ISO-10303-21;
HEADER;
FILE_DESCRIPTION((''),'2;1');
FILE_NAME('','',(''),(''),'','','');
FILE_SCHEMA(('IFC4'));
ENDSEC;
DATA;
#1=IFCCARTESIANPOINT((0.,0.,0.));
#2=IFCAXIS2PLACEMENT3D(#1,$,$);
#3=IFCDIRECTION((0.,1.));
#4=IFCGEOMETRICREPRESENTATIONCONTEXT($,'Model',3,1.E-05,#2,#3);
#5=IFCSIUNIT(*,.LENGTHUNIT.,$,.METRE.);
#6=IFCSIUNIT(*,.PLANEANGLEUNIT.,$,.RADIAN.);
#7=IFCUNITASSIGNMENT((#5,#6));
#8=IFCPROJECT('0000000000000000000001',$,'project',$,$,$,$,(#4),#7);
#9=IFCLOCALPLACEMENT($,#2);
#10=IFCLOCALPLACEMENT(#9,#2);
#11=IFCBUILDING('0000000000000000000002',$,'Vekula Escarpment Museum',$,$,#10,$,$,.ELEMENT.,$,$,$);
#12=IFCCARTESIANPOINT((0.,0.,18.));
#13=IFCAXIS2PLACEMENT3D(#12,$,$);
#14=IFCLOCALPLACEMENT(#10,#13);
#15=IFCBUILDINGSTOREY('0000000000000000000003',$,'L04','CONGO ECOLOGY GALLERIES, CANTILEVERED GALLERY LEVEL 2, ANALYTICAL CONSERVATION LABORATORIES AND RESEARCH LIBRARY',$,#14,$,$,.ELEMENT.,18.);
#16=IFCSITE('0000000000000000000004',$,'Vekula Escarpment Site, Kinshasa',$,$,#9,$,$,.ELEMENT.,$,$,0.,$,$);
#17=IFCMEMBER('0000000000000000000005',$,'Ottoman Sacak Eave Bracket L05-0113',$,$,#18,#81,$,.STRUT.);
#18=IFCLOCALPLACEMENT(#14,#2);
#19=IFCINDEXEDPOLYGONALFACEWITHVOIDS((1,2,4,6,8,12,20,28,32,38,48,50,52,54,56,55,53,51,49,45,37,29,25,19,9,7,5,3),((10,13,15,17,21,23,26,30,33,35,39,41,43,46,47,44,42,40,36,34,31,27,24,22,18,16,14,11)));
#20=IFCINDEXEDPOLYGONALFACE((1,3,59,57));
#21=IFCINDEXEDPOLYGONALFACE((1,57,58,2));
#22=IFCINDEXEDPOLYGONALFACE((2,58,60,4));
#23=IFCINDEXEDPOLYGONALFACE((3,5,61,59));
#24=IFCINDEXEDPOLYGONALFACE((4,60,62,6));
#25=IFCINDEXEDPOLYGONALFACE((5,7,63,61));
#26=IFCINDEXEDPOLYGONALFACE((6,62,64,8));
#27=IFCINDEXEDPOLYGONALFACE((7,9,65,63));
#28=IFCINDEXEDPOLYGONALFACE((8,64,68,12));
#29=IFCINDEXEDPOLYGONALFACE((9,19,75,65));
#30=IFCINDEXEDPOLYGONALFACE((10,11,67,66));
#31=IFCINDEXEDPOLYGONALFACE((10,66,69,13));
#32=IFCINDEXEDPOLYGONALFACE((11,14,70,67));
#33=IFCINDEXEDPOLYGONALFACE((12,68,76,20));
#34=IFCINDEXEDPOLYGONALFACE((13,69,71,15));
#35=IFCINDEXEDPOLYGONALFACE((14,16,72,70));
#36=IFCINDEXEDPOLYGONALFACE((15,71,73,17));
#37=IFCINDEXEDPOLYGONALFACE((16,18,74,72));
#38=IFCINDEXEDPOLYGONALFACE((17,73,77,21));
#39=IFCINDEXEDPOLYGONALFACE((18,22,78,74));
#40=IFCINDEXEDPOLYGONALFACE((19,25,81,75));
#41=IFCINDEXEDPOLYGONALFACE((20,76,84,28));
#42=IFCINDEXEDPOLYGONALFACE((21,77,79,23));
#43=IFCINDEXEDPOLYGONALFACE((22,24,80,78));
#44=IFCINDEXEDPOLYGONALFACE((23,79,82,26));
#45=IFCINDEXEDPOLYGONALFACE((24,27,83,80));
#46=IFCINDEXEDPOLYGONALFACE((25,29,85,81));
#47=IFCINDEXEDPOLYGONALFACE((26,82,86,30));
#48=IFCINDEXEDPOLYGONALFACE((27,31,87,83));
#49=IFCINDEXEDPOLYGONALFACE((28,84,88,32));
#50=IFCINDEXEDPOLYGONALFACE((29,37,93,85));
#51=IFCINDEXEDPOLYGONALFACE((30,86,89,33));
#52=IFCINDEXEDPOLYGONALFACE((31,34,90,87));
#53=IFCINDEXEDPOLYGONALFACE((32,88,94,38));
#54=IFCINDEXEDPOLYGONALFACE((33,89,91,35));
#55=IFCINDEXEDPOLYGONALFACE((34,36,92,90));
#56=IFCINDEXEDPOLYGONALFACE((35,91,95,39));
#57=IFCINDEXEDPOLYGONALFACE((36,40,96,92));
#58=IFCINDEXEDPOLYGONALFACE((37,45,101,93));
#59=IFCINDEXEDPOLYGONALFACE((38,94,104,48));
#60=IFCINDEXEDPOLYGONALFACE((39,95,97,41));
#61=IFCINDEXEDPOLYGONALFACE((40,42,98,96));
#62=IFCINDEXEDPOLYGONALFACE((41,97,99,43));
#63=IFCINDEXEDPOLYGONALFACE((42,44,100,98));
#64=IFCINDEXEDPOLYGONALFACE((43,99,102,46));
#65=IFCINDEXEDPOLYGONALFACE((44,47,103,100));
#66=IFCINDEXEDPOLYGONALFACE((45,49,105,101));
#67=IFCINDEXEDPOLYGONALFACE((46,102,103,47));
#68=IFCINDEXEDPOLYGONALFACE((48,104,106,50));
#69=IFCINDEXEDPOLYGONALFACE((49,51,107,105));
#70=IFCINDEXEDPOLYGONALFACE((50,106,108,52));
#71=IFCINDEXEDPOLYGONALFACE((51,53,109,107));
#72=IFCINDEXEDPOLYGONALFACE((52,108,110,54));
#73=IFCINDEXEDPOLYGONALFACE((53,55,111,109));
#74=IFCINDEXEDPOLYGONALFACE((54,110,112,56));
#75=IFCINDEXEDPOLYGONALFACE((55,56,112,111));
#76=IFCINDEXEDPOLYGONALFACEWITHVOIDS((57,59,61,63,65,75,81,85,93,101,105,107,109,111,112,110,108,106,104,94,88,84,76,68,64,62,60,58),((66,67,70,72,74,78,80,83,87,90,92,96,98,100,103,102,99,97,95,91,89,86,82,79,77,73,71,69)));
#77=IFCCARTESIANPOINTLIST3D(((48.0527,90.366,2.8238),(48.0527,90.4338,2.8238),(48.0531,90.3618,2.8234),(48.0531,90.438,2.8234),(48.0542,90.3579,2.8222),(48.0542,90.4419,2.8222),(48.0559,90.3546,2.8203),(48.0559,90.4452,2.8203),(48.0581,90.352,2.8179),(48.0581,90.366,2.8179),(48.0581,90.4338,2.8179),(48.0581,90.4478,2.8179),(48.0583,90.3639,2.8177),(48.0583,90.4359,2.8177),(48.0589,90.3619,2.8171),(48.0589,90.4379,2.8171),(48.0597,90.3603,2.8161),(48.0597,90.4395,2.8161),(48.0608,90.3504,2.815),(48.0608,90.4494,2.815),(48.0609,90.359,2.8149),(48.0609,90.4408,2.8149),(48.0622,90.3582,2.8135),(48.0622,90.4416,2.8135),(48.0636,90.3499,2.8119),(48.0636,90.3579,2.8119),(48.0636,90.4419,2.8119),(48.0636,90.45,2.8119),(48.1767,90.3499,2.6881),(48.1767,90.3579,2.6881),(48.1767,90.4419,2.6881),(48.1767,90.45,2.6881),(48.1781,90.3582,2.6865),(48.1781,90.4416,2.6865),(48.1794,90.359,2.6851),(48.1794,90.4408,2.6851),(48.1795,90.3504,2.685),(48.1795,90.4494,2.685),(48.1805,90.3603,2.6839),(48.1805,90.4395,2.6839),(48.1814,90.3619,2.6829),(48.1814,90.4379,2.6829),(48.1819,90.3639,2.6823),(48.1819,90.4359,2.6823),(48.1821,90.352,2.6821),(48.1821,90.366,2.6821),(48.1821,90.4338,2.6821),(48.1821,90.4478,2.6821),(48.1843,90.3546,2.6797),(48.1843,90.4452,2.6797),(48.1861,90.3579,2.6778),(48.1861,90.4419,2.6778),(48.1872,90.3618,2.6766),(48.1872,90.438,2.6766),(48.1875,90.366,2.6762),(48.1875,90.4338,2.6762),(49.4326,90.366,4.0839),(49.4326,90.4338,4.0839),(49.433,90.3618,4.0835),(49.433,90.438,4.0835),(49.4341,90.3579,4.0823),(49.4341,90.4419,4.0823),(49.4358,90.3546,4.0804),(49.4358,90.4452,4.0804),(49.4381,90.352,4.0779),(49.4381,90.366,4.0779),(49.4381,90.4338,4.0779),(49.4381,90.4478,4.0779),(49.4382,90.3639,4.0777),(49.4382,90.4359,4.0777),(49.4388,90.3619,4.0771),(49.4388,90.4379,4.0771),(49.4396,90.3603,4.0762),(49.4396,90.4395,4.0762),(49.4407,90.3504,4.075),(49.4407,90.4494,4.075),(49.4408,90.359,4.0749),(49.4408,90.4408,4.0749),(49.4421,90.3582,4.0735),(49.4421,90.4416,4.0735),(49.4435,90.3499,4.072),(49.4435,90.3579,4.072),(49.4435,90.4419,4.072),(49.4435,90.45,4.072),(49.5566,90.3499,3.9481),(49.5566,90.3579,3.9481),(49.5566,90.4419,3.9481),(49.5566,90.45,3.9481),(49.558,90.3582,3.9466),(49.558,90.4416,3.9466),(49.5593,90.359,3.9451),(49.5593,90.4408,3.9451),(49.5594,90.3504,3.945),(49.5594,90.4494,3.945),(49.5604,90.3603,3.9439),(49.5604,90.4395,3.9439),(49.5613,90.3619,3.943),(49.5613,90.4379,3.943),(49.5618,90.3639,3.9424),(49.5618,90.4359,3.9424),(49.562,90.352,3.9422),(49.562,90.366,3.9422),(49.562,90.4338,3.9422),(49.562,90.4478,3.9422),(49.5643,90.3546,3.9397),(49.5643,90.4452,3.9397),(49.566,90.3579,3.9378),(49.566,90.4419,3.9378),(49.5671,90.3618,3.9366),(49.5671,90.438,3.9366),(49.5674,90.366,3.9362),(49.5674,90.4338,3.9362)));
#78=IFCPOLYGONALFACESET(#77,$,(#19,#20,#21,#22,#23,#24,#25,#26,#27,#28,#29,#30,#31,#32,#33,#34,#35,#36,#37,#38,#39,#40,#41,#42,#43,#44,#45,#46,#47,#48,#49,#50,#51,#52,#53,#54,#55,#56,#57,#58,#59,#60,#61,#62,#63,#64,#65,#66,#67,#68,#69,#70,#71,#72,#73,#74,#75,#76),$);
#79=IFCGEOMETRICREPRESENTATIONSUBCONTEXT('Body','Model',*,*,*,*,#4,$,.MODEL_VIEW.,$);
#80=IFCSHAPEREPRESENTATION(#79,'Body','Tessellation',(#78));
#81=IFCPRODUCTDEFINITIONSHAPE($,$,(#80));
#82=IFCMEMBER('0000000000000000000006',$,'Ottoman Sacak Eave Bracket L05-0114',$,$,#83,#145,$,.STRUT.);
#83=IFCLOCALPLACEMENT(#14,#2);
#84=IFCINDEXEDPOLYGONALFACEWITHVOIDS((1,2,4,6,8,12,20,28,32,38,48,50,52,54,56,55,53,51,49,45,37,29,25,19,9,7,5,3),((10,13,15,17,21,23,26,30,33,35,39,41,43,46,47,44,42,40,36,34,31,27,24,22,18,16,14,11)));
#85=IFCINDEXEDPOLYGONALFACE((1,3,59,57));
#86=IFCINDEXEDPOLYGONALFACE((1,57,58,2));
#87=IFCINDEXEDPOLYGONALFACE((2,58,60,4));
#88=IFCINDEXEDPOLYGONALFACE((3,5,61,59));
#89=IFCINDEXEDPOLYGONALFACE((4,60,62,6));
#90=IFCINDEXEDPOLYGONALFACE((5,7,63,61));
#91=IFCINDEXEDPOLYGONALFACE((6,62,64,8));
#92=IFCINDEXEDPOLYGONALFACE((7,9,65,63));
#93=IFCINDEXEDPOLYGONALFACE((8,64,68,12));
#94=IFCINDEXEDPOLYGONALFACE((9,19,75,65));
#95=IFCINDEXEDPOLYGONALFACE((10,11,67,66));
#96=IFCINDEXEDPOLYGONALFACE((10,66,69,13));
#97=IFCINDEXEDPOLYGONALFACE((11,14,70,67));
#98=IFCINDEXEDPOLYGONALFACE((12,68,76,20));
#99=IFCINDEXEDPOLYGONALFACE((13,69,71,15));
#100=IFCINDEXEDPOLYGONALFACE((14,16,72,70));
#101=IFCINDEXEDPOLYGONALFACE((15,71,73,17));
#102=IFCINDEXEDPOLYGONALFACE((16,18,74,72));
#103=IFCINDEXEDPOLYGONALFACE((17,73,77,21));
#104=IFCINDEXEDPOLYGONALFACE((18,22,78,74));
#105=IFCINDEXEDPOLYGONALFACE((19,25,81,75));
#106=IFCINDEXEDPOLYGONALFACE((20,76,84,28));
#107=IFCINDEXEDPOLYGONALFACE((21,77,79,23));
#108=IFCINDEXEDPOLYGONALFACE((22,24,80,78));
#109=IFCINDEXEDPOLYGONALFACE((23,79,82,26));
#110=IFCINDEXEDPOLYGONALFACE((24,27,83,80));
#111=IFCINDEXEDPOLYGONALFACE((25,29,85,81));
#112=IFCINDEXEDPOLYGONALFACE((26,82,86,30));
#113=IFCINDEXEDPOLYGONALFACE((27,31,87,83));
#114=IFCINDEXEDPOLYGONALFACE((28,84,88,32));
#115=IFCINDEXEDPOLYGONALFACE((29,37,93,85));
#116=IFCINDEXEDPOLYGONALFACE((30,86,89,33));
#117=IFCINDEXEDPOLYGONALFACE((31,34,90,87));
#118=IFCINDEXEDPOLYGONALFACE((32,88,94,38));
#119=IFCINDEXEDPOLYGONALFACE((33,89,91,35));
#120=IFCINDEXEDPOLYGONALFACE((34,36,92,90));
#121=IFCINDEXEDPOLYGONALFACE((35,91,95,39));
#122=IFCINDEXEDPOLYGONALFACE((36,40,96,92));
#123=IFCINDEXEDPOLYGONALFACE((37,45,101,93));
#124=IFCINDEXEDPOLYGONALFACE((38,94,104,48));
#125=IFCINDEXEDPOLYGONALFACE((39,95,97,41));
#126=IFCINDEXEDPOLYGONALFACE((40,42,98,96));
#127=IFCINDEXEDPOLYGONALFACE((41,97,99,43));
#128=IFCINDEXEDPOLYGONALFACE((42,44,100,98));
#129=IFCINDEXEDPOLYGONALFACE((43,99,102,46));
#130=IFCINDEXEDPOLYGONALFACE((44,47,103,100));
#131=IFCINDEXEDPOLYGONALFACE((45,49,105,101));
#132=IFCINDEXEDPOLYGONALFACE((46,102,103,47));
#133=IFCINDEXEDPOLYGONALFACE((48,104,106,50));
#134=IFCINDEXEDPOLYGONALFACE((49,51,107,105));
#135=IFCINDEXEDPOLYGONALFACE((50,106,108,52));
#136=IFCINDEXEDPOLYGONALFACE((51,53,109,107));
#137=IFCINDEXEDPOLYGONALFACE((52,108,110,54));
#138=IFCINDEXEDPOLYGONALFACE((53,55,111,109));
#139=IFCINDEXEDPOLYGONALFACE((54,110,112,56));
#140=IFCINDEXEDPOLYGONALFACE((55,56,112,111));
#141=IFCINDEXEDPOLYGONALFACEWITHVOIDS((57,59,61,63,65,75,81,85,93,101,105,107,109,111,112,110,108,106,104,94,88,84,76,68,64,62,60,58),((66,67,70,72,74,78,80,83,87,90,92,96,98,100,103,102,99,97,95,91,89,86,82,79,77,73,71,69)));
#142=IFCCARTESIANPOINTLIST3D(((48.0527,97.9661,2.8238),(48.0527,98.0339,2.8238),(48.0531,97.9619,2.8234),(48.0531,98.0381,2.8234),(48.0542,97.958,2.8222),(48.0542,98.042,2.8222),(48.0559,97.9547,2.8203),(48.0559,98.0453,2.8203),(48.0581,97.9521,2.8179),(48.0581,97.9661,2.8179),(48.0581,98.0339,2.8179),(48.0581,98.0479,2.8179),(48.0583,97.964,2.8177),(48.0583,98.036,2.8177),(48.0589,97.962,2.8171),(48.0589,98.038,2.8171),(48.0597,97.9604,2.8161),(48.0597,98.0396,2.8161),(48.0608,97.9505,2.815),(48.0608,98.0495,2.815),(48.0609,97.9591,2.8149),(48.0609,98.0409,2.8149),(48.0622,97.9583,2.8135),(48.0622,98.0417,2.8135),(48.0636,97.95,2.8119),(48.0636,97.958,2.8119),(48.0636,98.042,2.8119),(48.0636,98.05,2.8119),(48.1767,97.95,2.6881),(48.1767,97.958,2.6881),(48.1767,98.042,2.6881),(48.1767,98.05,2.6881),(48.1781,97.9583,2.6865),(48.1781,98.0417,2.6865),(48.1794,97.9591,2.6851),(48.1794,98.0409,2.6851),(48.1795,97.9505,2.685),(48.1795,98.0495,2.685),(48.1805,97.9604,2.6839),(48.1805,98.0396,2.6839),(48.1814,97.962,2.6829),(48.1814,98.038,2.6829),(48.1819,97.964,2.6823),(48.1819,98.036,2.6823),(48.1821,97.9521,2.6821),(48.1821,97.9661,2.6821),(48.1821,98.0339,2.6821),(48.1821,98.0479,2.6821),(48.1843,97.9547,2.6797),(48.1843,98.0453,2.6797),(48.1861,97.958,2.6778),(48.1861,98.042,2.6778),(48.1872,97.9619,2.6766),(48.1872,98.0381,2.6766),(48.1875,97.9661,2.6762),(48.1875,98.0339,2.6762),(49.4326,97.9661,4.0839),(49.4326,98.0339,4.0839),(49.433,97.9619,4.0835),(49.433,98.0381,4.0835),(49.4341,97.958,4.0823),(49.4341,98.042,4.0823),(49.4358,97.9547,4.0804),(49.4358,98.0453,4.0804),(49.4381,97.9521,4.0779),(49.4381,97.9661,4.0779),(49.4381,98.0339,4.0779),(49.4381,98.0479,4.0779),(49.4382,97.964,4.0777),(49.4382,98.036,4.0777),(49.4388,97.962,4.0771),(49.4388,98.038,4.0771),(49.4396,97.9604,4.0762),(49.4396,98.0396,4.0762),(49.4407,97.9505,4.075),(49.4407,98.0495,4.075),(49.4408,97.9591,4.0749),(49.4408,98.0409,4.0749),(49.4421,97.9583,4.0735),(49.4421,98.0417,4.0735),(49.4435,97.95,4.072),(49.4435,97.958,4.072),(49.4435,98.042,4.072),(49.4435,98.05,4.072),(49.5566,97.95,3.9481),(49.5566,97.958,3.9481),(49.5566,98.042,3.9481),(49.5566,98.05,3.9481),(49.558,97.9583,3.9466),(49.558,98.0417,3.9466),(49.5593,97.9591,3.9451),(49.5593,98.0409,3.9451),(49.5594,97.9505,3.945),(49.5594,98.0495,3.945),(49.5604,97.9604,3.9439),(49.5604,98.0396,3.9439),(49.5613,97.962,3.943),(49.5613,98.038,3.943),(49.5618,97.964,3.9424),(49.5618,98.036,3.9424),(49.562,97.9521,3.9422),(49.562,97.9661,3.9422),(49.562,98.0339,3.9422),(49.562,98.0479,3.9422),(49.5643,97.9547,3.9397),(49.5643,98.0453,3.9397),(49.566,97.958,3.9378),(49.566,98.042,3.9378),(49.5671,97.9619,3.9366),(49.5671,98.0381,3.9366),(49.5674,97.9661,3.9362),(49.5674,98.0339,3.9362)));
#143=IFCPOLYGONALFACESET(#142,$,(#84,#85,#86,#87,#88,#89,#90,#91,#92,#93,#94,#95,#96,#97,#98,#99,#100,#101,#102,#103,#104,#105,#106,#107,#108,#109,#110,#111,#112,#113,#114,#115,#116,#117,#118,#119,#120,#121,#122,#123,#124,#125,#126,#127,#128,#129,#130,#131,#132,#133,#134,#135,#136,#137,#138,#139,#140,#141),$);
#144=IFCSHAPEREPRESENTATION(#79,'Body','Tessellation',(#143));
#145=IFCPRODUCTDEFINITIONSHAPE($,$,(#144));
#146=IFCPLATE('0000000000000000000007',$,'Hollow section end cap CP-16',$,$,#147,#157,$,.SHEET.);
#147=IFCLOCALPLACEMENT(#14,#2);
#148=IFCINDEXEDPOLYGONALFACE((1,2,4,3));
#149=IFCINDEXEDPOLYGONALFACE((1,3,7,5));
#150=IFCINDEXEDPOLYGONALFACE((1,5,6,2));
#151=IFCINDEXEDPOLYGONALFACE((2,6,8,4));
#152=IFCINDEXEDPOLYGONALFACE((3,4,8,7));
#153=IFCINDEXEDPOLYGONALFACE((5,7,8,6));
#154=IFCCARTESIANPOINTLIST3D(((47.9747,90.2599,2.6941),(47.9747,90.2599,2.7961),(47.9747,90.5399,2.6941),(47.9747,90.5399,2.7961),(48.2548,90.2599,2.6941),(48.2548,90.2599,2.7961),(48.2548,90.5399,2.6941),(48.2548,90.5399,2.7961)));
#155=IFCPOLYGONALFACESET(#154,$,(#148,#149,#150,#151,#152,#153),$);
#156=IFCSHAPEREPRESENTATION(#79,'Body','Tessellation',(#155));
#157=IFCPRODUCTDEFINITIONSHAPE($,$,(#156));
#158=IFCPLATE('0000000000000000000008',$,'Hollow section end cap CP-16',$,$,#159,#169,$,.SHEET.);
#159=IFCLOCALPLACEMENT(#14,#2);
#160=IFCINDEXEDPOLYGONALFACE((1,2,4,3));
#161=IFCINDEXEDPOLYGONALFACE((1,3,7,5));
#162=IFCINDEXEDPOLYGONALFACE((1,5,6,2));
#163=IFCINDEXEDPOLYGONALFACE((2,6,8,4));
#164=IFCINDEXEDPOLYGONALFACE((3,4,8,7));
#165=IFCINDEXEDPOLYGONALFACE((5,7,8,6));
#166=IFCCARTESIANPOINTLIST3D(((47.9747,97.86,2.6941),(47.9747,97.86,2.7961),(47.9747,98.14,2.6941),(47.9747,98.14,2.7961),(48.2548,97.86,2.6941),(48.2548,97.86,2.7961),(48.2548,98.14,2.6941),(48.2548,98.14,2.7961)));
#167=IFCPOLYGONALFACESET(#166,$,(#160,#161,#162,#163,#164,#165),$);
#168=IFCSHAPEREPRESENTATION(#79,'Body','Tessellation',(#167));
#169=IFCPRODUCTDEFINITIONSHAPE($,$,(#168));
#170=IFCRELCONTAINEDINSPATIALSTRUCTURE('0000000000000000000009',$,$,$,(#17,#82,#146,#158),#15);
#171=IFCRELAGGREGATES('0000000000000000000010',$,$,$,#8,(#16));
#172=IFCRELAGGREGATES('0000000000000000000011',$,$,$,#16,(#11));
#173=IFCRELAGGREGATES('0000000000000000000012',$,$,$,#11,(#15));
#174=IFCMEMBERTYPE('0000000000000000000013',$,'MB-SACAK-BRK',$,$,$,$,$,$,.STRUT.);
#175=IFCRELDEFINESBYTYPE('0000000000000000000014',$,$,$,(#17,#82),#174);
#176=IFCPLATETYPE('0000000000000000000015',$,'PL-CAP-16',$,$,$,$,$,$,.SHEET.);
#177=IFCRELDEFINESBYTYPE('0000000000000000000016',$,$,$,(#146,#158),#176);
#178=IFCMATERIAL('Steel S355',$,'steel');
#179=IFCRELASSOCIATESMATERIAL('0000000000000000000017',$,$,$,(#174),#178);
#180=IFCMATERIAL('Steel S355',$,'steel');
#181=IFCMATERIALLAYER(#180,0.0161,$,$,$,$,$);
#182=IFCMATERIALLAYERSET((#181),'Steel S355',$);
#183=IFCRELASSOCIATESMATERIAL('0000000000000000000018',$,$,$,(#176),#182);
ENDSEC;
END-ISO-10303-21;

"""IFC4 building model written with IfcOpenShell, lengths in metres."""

from ifc_helpers import new_model, si_unit, direction, frame, origin, origin_2d, place, context, subcontext, project, spatial, rectangle, hollow_rectangle, extrude, material, layer, layer_set, material_profile, profile_set, type_object, element, save


model = new_model("IFC4")

# Units and contexts
model_context = context("Model", 3, precision=1e-05, world=origin(), true_north=direction((0.0, 1.0)))
body_context = subcontext(model_context, "Body", "Model", "MODEL_VIEW")
ifc_project = project(units=[si_unit("LENGTHUNIT", "METRE"), si_unit("PLANEANGLEUNIT", "RADIAN")], contexts=[model_context])

# Site, building, storey
site_placement = place(None, origin())
site = spatial("IfcSite", under=ifc_project, at=site_placement, Name="Vekula Escarpment Site, Kinshasa", CompositionType="ELEMENT", RefElevation=0.0)
building_placement = place(site_placement, origin())
building = spatial("IfcBuilding", under=site, at=building_placement, Name="Vekula Escarpment Museum", CompositionType="ELEMENT")
storey_placement = place(building_placement, frame((0.0, 0.0, 18.0)))
storey = spatial("IfcBuildingStorey", under=building, at=storey_placement, Name="L04", Description="CONGO ECOLOGY GALLERIES, CANTILEVERED GALLERY LEVEL 2, ANALYTICAL CONSERVATION LABORATORIES AND RESEARCH LIBRARY", CompositionType="ELEMENT", Elevation=18.0)

# Members
ifc_material_1 = material(Name="Steel S355", Category="steel")
ifc_material_profile_1 = material_profile(ifc_material_1, hollow_rectangle(XDim=0.1001, YDim=0.2, WallThickness=0.0081, InnerFilletRadius=0.0081, OuterFilletRadius=0.0161, at=origin_2d()), Name="RHS 200x100x8")
ifc_profile_set_1 = profile_set([ifc_material_profile_1], Name="Steel S355")
member_type = type_object("IfcMemberType", Name="MB-SACAK-BRK", PredefinedType="STRUT", material=ifc_profile_set_1)
for number, where, z_axis, x_axis, name in (
    (1, (48.1201, 90.3999, 2.75), (0.738454, 0.0, 0.674303), (0.0, 1.0, 0.0), "Ottoman Sacak Eave Bracket L05-0113"),
    (2, (48.1201, 98.0, 2.75), (0.738454, 0.0, 0.674303), (0.0, 1.0, 0.0), "Ottoman Sacak Eave Bracket L05-0114"),
):
    element("IfcMember", number, at=place(storey_placement, frame(where, z_axis=z_axis, x_axis=x_axis)), inside=storey, type_object=member_type, Name=name, PredefinedType="STRUT", context=body_context, shape_type="SweptSolid", body=[
        extrude(hollow_rectangle(XDim=0.1001, YDim=0.2, WallThickness=0.0081, InnerFilletRadius=0.0081, OuterFilletRadius=0.0161, at=origin_2d()), origin(), (0.0, 0.0, 1.0), 1.8687),
    ])

# Plates
ifc_material_2 = material(Name="Steel S355", Category="steel")
ifc_layer_1 = layer(ifc_material_2, 0.0161)
ifc_layer_set_1 = layer_set([ifc_layer_1], Name="Steel S355")
plate_type = type_object("IfcPlateType", Name="PL-CAP-16", PredefinedType="SHEET", material=ifc_layer_set_1)
for number, where, z_axis, x_axis, name in (
    (3, (48.1147, 90.3999, 2.6941), (0.0, 0.0, 1.0), (1.0, 0.0, 0.0), "Hollow section end cap CP-16"),
    (4, (48.1147, 98.0, 2.6941), (0.0, 0.0, 1.0), (1.0, 0.0, 0.0), "Hollow section end cap CP-16"),
):
    element("IfcPlate", number, at=place(storey_placement, frame(where, z_axis=z_axis, x_axis=x_axis)), inside=storey, type_object=plate_type, Name=name, PredefinedType="SHEET", context=body_context, shape_type="SweptSolid", body=[
        extrude(rectangle(XDim=0.28, YDim=0.28, at=origin_2d()), origin(), (0.0, 0.0, 1.0), 0.1021),
    ])

save(model, "model.ifc")
